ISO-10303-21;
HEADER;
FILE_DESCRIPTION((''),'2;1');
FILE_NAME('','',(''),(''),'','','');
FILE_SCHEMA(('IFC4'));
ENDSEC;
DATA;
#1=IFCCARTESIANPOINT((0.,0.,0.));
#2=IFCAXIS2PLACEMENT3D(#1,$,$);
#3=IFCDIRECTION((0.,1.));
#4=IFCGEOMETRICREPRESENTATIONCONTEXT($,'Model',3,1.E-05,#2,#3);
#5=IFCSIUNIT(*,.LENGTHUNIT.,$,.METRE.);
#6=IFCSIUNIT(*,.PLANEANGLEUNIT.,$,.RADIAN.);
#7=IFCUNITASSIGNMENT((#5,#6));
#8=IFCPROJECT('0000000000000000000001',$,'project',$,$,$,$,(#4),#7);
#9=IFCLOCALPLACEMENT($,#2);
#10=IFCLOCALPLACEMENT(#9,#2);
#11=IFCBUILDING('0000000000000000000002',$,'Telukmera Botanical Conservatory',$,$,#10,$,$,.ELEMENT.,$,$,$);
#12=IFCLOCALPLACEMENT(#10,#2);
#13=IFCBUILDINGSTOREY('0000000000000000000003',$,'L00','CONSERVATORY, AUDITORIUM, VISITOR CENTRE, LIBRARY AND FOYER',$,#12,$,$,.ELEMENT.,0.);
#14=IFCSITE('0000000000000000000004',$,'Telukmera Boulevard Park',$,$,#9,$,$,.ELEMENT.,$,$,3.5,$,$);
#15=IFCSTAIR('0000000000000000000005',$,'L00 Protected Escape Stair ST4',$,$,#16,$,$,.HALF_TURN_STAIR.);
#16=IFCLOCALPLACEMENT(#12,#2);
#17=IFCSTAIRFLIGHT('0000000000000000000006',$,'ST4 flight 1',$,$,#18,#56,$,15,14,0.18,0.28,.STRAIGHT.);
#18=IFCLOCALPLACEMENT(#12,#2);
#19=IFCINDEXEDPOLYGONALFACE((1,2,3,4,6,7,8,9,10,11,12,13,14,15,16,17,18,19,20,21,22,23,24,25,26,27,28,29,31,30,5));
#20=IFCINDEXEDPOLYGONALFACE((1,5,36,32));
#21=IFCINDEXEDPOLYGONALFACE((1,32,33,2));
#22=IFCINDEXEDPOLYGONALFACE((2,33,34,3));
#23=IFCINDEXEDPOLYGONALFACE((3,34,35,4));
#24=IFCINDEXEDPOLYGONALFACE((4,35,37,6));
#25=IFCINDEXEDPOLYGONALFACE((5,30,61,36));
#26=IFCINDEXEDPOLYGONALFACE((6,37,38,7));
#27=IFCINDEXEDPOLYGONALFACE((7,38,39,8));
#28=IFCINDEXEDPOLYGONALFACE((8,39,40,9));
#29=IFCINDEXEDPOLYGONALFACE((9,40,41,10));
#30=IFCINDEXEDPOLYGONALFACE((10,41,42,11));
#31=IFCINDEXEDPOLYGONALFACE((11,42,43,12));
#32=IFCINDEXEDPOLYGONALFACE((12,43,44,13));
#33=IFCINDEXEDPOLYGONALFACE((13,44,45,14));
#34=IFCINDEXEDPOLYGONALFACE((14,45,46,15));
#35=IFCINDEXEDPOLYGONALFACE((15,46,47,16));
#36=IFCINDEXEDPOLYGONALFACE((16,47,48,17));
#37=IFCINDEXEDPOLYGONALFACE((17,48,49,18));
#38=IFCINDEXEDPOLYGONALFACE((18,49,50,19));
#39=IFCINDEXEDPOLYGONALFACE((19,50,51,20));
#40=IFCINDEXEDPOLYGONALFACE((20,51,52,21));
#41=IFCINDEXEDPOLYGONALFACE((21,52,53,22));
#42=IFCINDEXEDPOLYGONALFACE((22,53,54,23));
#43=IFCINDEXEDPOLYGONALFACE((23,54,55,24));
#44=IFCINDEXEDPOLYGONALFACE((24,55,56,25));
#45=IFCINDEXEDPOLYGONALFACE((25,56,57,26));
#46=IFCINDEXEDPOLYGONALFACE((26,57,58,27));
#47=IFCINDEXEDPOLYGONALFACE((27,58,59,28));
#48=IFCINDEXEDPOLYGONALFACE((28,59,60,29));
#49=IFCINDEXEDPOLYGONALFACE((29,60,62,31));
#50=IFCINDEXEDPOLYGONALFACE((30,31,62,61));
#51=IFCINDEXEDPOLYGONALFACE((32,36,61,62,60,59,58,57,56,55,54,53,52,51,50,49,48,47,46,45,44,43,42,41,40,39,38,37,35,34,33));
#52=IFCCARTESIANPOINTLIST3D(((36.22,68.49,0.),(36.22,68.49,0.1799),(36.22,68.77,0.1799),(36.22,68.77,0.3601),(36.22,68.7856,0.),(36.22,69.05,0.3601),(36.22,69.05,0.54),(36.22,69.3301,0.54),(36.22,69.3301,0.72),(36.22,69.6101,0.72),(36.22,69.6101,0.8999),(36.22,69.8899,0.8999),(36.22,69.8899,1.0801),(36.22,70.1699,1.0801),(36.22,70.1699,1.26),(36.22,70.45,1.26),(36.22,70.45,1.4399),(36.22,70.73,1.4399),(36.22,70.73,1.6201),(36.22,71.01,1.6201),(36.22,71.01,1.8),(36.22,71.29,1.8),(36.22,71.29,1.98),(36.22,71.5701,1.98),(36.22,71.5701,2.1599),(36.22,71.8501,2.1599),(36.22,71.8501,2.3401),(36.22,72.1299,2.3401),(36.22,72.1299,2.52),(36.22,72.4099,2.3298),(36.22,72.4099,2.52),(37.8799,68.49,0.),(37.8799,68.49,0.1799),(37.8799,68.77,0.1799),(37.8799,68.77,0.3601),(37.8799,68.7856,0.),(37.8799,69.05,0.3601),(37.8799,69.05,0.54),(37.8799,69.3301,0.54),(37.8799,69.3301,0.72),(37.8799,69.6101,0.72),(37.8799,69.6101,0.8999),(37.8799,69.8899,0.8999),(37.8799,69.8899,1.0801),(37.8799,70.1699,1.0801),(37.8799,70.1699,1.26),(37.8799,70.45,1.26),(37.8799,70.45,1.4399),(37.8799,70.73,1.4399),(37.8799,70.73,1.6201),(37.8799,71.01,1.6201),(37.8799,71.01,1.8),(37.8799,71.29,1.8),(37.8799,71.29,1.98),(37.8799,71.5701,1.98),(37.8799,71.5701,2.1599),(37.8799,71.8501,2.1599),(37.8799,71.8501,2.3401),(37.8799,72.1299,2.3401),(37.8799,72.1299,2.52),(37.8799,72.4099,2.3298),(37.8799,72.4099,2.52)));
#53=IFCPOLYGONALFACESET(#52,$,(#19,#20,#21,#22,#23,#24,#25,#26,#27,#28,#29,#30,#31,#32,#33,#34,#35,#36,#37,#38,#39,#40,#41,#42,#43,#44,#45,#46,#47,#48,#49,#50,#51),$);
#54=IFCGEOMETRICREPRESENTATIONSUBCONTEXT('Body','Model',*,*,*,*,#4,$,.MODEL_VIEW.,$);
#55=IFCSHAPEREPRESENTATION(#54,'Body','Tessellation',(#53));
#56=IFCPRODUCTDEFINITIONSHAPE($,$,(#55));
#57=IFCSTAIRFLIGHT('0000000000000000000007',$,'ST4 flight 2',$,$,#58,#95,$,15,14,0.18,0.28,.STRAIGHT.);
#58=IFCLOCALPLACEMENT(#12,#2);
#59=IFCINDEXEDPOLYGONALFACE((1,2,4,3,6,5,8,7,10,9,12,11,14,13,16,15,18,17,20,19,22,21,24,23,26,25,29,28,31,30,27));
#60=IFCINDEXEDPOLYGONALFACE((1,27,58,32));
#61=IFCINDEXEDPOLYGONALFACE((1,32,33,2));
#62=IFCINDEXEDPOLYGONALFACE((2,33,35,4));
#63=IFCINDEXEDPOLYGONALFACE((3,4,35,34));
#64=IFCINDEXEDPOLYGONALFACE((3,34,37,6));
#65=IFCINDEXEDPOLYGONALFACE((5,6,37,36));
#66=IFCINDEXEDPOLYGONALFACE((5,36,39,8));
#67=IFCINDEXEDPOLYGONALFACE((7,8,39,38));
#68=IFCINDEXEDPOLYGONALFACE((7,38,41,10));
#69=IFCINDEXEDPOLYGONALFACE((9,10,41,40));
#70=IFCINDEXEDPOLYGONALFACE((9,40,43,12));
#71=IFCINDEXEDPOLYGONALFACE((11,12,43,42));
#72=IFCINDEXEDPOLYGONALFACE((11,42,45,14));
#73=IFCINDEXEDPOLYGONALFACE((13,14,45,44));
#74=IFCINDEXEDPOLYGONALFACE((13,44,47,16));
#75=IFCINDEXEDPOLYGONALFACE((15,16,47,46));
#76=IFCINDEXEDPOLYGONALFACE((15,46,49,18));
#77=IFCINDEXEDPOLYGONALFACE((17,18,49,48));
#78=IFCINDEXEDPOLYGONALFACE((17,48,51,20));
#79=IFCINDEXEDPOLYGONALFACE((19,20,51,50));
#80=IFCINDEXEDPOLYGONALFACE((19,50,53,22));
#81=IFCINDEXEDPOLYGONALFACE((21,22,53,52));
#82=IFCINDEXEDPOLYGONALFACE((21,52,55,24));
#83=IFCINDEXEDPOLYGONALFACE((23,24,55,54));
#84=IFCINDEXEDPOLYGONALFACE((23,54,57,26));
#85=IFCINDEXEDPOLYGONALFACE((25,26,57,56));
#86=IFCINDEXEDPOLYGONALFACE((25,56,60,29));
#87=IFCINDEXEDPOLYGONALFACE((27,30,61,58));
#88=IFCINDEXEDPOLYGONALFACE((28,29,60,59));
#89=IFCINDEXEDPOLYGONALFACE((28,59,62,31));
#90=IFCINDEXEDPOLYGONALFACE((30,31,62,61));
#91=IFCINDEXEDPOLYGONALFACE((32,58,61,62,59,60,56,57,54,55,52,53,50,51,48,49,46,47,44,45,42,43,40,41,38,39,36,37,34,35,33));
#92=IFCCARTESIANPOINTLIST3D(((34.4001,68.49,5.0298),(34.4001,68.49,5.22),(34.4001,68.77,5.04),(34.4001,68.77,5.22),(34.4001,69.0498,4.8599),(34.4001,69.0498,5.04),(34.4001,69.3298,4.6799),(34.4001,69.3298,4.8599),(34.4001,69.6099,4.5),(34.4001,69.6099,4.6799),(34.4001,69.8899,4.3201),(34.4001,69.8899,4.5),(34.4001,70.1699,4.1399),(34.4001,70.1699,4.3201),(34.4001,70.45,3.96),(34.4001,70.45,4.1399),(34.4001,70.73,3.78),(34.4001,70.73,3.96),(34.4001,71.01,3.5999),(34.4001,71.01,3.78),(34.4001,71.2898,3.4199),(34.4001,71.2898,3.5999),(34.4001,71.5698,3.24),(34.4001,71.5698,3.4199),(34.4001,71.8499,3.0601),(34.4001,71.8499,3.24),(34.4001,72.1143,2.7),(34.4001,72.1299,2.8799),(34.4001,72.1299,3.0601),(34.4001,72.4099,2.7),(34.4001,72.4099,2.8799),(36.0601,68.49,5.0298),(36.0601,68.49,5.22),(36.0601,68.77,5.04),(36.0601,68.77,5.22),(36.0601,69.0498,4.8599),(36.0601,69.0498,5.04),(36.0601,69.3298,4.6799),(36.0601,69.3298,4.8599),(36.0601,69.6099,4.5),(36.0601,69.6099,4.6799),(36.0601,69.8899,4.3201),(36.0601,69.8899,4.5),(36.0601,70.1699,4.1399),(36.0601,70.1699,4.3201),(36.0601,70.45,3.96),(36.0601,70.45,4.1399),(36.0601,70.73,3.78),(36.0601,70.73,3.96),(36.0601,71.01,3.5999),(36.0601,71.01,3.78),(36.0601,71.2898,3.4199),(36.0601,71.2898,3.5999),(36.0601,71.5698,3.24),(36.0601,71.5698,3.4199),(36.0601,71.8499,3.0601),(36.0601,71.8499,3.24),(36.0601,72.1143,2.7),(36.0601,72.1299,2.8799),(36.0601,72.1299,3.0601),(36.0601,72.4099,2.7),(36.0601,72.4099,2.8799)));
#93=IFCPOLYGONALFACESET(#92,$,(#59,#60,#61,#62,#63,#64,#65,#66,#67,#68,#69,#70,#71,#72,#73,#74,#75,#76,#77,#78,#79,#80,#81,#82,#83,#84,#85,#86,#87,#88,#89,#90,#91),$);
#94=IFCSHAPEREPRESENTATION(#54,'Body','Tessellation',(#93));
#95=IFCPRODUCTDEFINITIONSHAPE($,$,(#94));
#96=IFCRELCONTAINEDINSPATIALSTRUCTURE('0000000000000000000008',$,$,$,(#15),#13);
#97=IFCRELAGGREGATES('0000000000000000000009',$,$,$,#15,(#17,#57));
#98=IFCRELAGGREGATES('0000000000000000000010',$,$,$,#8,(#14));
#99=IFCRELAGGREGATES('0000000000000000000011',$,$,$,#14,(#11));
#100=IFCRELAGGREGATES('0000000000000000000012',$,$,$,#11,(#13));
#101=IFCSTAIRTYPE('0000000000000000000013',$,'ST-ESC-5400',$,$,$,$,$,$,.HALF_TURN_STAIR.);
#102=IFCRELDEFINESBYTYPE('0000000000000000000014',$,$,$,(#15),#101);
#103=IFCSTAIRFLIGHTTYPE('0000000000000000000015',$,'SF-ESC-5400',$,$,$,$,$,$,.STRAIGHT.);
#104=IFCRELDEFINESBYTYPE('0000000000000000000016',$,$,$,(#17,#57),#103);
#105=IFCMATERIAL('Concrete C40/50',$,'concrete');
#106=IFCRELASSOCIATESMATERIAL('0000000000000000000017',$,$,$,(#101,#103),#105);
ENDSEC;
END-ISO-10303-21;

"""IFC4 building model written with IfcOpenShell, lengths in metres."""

from ifc_helpers import new_model, si_unit, direction, frame, origin, place, context, subcontext, project, spatial, polyline, outline, extrude, material, type_object, element, aggregate, save


model = new_model("IFC4")

# Units and contexts
model_context = context("Model", 3, precision=1e-05, world=origin(), true_north=direction((0.0, 1.0)))
body_context = subcontext(model_context, "Body", "Model", "MODEL_VIEW")
ifc_project = project(units=[si_unit("LENGTHUNIT", "METRE"), si_unit("PLANEANGLEUNIT", "RADIAN")], contexts=[model_context])

# Site, building, storey
site_placement = place(None, origin())
site = spatial("IfcSite", under=ifc_project, at=site_placement, Name="Telukmera Boulevard Park", CompositionType="ELEMENT", RefElevation=3.5)
building_placement = place(site_placement, origin())
building = spatial("IfcBuilding", under=site, at=building_placement, Name="Telukmera Botanical Conservatory", CompositionType="ELEMENT")
storey_placement = place(building_placement, origin())
storey = spatial("IfcBuildingStorey", under=building, at=storey_placement, Name="L00", Description="CONSERVATORY, AUDITORIUM, VISITOR CENTRE, LIBRARY AND FOYER", CompositionType="ELEMENT", Elevation=0.0)

# Shared definitions
ifc_material_1 = material(Name="Concrete C40/50", Category="concrete")

# Stair, stair flights
stair_type = type_object("IfcStairType", Name="ST-ESC-5400", PredefinedType="HALF_TURN_STAIR", material=ifc_material_1)
stair_placement = place(storey_placement, origin())
stair = element("IfcStair", 1, at=stair_placement, inside=storey, type_object=stair_type, Name="L00 Protected Escape Stair ST4", PredefinedType="HALF_TURN_STAIR")
stair_flight_type = type_object("IfcStairFlightType", Name="SF-ESC-5400", PredefinedType="STRAIGHT", material=ifc_material_1)
stair_flight_1_placement = place(storey_placement, frame((37.05, 68.49, 0.0), z_axis=(0.0, 0.0, 1.0), x_axis=(0.0, 1.0, 0.0)))
stair_flight_1 = element("IfcStairFlight", 2, at=stair_flight_1_placement, type_object=stair_flight_type, Name="ST4 flight 1", NumberOfRisers=15, NumberOfTreads=14, PredefinedType="STRAIGHT", RiserHeight=0.18, TreadLength=0.28, context=body_context, shape_type="SweptSolid", body=[
    extrude(outline(polyline([(0.0, 0.0), (0.0, 0.1799), (0.28, 0.1799), (0.28, 0.3601), (0.5601, 0.3601), (0.5601, 0.54), (0.8401, 0.54), (0.8401, 0.72), (1.1201, 0.72), (1.1201, 0.8999), (1.3999, 0.8999), (1.3999, 1.0801), (1.6799, 1.0801), (1.6799, 1.26), (1.96, 1.26), (1.96, 1.4399), (2.24, 1.4399), (2.24, 1.6201), (2.52, 1.6201), (2.52, 1.8), (2.8, 1.8), (2.8, 1.98), (3.0801, 1.98), (3.0801, 2.1599), (3.3601, 2.1599), (3.3601, 2.3401), (3.6399, 2.3401), (3.6399, 2.52), (3.9199, 2.52), (3.9199, 2.7), (3.9199, 2.3298), (0.2957, 0.0), (0.0, 0.0)])), frame((0.0, 0.8301, 0.0), z_axis=(0.0, -1.0, 0.0), x_axis=(1.0, 0.0, 0.0)), (0.0, 0.0, 1.0), 1.6599),
])
stair_flight_2_placement = place(storey_placement, frame((35.23, 72.4099, 2.7), z_axis=(0.0, 0.0, 1.0), x_axis=(0.0, -1.0, 0.0)))
stair_flight_2 = element("IfcStairFlight", 3, at=stair_flight_2_placement, type_object=stair_flight_type, Name="ST4 flight 2", NumberOfRisers=15, NumberOfTreads=14, PredefinedType="STRAIGHT", RiserHeight=0.18, TreadLength=0.28, context=body_context, shape_type="SweptSolid", body=[
    extrude(outline(polyline([(0.0, 0.0), (0.0, 0.1799), (0.28, 0.1799), (0.28, 0.3601), (0.5601, 0.3601), (0.5601, 0.54), (0.8401, 0.54), (0.8401, 0.72), (1.1201, 0.72), (1.1201, 0.8999), (1.3999, 0.8999), (1.3999, 1.0801), (1.6799, 1.0801), (1.6799, 1.26), (1.96, 1.26), (1.96, 1.4399), (2.24, 1.4399), (2.24, 1.6201), (2.52, 1.6201), (2.52, 1.8), (2.8, 1.8), (2.8, 1.98), (3.0801, 1.98), (3.0801, 2.1599), (3.3601, 2.1599), (3.3601, 2.3401), (3.6399, 2.3401), (3.6399, 2.52), (3.9199, 2.52), (3.9199, 2.7), (3.9199, 2.3298), (0.2957, 0.0), (0.0, 0.0)])), frame((0.0, 0.8301, 0.0), z_axis=(0.0, -1.0, 0.0), x_axis=(1.0, 0.0, 0.0)), (0.0, 0.0, 1.0), 1.6599),
])
aggregate(stair, [stair_flight_1, stair_flight_2])

save(model, "model.ifc")
